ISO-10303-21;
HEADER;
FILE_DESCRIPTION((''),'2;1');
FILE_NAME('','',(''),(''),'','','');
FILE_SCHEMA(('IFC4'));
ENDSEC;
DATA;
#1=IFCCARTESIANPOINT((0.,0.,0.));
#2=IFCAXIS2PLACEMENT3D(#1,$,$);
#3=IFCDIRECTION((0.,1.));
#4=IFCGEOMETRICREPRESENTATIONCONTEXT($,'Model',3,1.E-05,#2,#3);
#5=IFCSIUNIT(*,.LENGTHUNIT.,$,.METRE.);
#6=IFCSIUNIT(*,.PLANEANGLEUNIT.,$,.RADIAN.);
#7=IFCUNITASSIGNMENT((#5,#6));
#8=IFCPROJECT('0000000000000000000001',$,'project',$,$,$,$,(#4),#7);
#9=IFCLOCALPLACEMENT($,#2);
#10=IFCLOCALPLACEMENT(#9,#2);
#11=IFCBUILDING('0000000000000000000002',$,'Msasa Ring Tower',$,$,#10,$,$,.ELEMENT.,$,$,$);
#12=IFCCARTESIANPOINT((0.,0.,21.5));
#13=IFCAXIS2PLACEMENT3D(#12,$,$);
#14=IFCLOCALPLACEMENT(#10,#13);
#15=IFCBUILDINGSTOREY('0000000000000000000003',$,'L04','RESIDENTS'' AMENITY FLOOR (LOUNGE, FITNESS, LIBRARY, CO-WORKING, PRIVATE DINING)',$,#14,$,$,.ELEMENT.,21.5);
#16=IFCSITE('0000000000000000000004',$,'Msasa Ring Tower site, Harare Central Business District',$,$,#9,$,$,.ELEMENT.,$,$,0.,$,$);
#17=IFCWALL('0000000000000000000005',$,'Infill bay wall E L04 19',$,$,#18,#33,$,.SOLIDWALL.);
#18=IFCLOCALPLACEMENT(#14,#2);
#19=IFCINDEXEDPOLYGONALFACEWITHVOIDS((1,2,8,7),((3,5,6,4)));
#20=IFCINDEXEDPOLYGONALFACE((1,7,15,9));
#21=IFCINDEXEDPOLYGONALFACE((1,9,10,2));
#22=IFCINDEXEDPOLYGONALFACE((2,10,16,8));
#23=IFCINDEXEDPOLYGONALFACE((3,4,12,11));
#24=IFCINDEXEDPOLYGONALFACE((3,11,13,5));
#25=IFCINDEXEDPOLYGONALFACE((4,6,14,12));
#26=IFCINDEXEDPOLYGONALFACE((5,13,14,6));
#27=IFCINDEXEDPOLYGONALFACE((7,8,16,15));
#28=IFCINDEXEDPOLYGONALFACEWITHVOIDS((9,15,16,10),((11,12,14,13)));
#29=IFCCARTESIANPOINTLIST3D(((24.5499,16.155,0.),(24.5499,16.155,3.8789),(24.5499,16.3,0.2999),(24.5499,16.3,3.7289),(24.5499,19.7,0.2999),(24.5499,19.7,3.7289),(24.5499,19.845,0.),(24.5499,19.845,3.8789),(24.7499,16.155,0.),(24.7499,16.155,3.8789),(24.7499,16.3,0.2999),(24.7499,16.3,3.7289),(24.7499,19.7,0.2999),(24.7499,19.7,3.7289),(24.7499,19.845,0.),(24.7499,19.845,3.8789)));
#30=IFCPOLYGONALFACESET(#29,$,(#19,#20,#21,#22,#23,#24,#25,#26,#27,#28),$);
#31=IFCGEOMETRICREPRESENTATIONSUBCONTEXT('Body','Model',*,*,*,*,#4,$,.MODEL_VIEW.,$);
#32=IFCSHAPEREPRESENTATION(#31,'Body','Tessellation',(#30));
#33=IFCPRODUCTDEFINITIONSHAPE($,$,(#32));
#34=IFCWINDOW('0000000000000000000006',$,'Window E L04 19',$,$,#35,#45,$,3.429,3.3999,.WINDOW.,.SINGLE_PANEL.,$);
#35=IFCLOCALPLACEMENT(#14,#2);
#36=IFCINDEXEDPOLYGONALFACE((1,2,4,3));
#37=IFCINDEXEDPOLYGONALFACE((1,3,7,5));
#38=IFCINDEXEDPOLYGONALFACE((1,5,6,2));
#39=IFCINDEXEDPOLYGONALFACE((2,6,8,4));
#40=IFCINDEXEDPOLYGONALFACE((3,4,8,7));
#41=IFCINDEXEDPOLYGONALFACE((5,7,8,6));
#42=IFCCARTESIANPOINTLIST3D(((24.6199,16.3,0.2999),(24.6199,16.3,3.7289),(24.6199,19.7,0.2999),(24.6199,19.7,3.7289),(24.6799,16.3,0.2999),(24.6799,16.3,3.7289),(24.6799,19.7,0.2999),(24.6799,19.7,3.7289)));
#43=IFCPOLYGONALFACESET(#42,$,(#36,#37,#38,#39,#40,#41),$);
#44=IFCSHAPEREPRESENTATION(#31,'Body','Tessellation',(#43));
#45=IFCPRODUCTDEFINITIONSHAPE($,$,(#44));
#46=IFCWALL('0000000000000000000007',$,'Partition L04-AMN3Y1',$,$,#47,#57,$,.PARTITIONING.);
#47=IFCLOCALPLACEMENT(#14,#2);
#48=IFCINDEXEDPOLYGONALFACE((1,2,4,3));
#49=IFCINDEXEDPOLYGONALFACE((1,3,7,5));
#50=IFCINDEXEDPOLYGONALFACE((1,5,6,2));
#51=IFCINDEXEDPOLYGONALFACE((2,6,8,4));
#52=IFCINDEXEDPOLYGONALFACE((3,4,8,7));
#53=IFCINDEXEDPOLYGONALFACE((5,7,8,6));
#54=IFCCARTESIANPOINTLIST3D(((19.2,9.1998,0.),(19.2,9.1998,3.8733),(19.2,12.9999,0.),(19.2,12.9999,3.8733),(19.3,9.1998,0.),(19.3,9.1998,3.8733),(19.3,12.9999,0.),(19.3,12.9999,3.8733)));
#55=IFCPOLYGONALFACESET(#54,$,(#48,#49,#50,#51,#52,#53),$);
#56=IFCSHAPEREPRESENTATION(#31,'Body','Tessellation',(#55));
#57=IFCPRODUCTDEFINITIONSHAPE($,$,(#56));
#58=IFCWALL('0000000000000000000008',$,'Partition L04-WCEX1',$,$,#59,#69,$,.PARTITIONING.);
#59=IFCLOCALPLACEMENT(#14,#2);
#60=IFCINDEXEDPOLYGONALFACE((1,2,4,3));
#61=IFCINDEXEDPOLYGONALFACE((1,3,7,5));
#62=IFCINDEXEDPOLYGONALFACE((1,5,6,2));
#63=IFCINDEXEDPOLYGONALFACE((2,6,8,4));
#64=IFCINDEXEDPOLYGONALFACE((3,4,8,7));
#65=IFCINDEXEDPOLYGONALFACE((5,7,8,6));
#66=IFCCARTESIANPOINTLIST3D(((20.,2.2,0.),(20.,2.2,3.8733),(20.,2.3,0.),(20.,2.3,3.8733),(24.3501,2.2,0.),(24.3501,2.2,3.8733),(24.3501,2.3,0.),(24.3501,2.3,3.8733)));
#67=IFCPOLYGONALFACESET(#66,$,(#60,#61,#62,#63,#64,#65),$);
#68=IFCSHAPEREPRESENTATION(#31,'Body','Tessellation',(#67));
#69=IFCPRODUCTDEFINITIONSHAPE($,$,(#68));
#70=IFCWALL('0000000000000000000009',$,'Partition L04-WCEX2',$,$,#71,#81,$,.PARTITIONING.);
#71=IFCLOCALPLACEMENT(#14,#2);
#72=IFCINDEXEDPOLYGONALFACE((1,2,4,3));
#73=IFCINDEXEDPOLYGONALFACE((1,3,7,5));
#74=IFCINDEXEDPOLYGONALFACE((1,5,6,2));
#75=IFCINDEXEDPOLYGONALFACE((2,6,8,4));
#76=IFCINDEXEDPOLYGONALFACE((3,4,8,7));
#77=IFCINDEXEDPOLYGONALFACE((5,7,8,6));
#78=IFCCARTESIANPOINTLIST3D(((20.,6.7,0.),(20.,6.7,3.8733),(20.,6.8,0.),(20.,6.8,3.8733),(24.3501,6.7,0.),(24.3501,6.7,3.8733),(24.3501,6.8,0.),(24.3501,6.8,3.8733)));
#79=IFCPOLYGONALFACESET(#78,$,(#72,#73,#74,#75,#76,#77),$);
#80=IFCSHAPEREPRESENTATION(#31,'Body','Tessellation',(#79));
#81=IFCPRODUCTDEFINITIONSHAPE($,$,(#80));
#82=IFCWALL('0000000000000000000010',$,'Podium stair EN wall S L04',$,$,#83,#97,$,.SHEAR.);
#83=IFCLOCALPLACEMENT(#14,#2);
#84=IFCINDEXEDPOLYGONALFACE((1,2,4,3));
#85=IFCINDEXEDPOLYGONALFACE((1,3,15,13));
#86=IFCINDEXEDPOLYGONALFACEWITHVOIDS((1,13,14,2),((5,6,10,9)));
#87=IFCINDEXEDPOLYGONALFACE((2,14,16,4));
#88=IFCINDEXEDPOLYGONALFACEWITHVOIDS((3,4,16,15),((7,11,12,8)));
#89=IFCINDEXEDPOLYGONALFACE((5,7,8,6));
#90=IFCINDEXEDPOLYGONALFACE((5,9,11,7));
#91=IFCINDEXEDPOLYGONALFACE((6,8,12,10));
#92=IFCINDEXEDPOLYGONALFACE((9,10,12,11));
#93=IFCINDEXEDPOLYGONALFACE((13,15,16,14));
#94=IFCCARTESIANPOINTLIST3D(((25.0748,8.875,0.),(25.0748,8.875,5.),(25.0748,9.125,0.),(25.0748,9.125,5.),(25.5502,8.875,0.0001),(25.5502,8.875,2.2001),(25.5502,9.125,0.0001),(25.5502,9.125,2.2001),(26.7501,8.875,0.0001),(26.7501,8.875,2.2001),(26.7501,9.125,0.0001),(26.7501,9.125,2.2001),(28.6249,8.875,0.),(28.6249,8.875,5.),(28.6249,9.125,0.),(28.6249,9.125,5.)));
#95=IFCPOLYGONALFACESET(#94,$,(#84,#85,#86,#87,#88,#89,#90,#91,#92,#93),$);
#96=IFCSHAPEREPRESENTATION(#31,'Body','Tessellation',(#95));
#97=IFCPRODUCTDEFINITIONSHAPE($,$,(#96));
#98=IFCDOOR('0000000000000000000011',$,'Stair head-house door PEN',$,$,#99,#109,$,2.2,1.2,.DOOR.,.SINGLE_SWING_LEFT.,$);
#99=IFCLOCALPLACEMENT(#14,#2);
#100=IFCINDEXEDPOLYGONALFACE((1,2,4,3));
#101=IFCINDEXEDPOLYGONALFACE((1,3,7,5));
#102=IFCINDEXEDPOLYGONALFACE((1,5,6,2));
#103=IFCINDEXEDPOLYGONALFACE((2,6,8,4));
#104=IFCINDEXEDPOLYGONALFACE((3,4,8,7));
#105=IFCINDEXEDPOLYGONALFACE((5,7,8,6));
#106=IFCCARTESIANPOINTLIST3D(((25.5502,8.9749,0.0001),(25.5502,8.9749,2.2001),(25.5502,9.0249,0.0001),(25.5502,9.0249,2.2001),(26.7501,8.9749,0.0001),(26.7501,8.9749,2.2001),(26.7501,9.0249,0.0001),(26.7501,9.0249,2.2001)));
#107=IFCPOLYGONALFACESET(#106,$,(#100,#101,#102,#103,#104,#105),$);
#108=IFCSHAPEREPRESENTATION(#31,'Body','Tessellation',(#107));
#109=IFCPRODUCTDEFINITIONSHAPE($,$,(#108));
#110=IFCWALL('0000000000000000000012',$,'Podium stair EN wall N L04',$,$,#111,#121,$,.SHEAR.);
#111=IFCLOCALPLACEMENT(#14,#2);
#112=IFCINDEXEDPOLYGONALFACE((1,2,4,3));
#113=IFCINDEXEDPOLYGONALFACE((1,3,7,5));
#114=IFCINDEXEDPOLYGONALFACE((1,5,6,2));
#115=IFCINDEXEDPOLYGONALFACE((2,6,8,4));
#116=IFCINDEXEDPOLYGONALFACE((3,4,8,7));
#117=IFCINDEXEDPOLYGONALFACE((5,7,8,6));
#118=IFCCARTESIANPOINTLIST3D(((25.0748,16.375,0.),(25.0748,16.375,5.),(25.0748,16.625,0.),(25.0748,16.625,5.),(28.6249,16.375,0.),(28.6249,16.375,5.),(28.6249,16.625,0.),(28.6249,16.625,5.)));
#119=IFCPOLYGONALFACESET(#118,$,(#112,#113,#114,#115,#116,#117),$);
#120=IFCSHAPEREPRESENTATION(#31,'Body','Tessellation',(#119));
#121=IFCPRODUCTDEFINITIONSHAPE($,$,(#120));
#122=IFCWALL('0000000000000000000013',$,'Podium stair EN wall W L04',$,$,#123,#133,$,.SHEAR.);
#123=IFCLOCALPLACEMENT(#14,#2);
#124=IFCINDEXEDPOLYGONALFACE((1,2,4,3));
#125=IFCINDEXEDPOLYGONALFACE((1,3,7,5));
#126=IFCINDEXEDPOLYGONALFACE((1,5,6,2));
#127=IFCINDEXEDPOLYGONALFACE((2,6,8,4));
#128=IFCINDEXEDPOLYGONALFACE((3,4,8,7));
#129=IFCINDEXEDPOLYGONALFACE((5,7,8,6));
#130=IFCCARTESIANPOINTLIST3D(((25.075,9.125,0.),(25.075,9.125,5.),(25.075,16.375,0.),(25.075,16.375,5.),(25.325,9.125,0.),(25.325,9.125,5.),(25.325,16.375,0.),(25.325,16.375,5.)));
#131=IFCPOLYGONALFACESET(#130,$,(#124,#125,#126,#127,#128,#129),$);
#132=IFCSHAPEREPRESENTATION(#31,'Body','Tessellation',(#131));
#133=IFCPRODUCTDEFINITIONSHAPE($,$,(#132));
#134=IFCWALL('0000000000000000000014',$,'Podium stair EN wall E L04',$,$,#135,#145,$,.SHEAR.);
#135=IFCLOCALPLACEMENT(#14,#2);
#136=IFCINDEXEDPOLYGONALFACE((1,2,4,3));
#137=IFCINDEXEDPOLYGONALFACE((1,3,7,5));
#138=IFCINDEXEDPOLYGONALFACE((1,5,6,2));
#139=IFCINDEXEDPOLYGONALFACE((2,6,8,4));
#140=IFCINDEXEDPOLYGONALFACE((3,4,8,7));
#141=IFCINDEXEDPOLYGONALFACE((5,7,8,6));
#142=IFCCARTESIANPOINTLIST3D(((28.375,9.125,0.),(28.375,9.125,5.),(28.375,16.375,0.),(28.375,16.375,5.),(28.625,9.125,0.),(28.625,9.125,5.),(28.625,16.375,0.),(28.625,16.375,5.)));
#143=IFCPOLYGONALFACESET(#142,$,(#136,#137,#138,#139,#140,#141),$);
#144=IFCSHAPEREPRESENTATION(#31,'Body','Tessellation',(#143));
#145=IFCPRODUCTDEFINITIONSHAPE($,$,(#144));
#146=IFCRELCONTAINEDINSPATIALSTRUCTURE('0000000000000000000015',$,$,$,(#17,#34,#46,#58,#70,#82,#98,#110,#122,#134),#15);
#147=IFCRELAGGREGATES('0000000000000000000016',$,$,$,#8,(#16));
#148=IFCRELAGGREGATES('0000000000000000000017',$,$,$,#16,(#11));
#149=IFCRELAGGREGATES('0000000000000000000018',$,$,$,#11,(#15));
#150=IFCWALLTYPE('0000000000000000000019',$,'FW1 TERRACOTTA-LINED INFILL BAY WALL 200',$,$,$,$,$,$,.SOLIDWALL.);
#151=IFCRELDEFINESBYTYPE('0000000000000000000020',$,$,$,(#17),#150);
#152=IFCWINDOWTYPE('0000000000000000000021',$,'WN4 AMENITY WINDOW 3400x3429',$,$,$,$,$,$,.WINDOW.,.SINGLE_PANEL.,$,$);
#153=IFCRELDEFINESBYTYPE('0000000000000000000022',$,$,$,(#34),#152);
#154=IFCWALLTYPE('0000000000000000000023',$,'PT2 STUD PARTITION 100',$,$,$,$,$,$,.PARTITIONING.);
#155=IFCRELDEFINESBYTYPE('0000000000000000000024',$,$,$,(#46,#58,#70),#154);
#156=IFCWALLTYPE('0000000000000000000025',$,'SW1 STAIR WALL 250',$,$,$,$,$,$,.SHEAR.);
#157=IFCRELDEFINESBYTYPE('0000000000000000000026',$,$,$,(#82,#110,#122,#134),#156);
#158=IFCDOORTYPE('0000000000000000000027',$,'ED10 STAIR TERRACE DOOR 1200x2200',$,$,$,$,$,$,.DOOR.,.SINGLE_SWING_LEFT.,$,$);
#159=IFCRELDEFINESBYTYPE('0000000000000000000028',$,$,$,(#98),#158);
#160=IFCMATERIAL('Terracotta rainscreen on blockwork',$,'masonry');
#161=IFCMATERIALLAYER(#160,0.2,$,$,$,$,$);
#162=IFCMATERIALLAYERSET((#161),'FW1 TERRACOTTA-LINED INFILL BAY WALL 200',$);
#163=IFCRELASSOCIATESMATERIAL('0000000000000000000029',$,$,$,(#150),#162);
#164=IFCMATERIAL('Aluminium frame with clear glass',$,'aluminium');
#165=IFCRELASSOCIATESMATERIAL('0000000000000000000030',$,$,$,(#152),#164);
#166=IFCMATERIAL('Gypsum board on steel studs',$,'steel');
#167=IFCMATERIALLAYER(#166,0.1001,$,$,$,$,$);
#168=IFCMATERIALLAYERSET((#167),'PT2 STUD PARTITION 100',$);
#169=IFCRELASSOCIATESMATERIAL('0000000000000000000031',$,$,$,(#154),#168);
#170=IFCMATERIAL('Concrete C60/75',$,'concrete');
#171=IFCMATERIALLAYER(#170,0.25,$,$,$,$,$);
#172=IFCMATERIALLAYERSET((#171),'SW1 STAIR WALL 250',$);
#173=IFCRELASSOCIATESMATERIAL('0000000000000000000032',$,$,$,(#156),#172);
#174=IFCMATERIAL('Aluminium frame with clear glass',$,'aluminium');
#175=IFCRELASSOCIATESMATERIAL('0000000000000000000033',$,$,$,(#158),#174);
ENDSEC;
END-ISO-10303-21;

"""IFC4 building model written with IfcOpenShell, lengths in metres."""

from ifc_helpers import new_model, si_unit, direction, frame, frame_2d, origin, place, context, subcontext, project, spatial, rectangle, extrude, material, layer, layer_set, type_object, element, fill, save


model = new_model("IFC4")

# Units and contexts
model_context = context("Model", 3, precision=1e-05, world=origin(), true_north=direction((0.0, 1.0)))
body_context = subcontext(model_context, "Body", "Model", "MODEL_VIEW")
ifc_project = project(units=[si_unit("LENGTHUNIT", "METRE"), si_unit("PLANEANGLEUNIT", "RADIAN")], contexts=[model_context])

# Site, building, storey
site_placement = place(None, origin())
site = spatial("IfcSite", under=ifc_project, at=site_placement, Name="Msasa Ring Tower site, Harare Central Business District", CompositionType="ELEMENT", RefElevation=0.0)
building_placement = place(site_placement, origin())
building = spatial("IfcBuilding", under=site, at=building_placement, Name="Msasa Ring Tower", CompositionType="ELEMENT")
storey_placement = place(building_placement, frame((0.0, 0.0, 21.5)))
storey = spatial("IfcBuildingStorey", under=building, at=storey_placement, Name="L04", Description="RESIDENTS' AMENITY FLOOR (LOUNGE, FITNESS, LIBRARY, CO-WORKING, PRIVATE DINING)", CompositionType="ELEMENT", Elevation=21.5)

# Wall, opening, window
ifc_material_1 = material(Name="Terracotta rainscreen on blockwork", Category="masonry")
ifc_layer_1 = layer(ifc_material_1, 0.2)
ifc_layer_set_1 = layer_set([ifc_layer_1], Name="FW1 TERRACOTTA-LINED INFILL BAY WALL 200")
wall_type_1 = type_object("IfcWallType", Name="FW1 TERRACOTTA-LINED INFILL BAY WALL 200", PredefinedType="SOLIDWALL", material=ifc_layer_set_1)
ifc_material_2 = material(Name="Aluminium frame with clear glass", Category="aluminium")
window_type = type_object("IfcWindowType", Name="WN4 AMENITY WINDOW 3400x3429", PartitioningType="SINGLE_PANEL", PredefinedType="WINDOW", material=ifc_material_2)
wall_1_placement = place(storey_placement, frame((24.6499, 16.155, 0.0), z_axis=(0.0, 0.0, 1.0), x_axis=(0.0, 1.0, 0.0)))
wall_1 = element("IfcWall", 1, at=wall_1_placement, inside=storey, type_object=wall_type_1, Name="Infill bay wall E L04 19", PredefinedType="SOLIDWALL", context=body_context, shape_type="SweptSolid", body=[
    extrude(rectangle(XDim=3.6899, YDim=0.2, at=frame_2d((1.845, 0.0))), origin(), (0.0, 0.0, 1.0), 3.8789),
])
opening_1_placement = place(wall_1_placement, frame((0.145, 0.0, 0.3)))
opening_1 = element("IfcOpeningElement", 2, at=opening_1_placement, cuts=wall_1, PredefinedType="OPENING", context=body_context, shape_type="SweptSolid", body=[
    extrude(rectangle(XDim=3.3999, YDim=3.429, at=frame_2d((1.7, 1.7144))), frame((0.0, 0.1099, 0.0), z_axis=(0.0, -1.0, 0.0), x_axis=(1.0, 0.0, 0.0)), (0.0, 0.0, 1.0), 0.22),
])
window_1_placement = place(opening_1_placement, origin())
window_1 = element("IfcWindow", 3, at=window_1_placement, inside=storey, type_object=window_type, Name="Window E L04 19", OverallHeight=3.429, OverallWidth=3.3999, PartitioningType="SINGLE_PANEL", PredefinedType="WINDOW", context=body_context, shape_type="SweptSolid", body=[
    extrude(rectangle(XDim=3.3999, YDim=3.429, at=frame_2d((1.7, 1.7144))), frame((0.0, 0.03, 0.0), z_axis=(0.0, -1.0, 0.0), x_axis=(1.0, 0.0, 0.0)), (0.0, 0.0, 1.0), 0.0601),
])
fill(opening_1, window_1)

# Walls
ifc_material_3 = material(Name="Gypsum board on steel studs", Category="steel")
ifc_layer_2 = layer(ifc_material_3, 0.1001)
ifc_layer_set_2 = layer_set([ifc_layer_2], Name="PT2 STUD PARTITION 100")
wall_type_2 = type_object("IfcWallType", Name="PT2 STUD PARTITION 100", PredefinedType="PARTITIONING", material=ifc_layer_set_2)
wall_2_placement = place(storey_placement, frame((19.25, 9.2, 0.0), z_axis=(0.0, 0.0, 1.0), x_axis=(0.0, 1.0, 0.0)))
element("IfcWall", 4, at=wall_2_placement, inside=storey, type_object=wall_type_2, Name="Partition L04-AMN3Y1", PredefinedType="PARTITIONING", context=body_context, shape_type="SweptSolid", body=[
    extrude(rectangle(XDim=3.8, YDim=0.1001, at=frame_2d((1.8999, 0.0))), origin(), (0.0, 0.0, 1.0), 3.8733),
])
for number, where, z_axis, x_axis, name in (
    (5, (20.0, 2.25, 0.0), (0.0, 0.0, 1.0), (1.0, 0.0, 0.0), "Partition L04-WCEX1"),
    (6, (20.0, 6.75, 0.0), (0.0, 0.0, 1.0), (1.0, 0.0, 0.0), "Partition L04-WCEX2"),
):
    element("IfcWall", number, at=place(storey_placement, frame(where, z_axis=z_axis, x_axis=x_axis)), inside=storey, type_object=wall_type_2, Name=name, PredefinedType="PARTITIONING", context=body_context, shape_type="SweptSolid", body=[
        extrude(rectangle(XDim=4.3501, YDim=0.1001, at=frame_2d((2.175, 0.0))), origin(), (0.0, 0.0, 1.0), 3.8733),
    ])

# Wall, opening, door
ifc_material_4 = material(Name="Concrete C60/75", Category="concrete")
ifc_layer_3 = layer(ifc_material_4, 0.25)
ifc_layer_set_3 = layer_set([ifc_layer_3], Name="SW1 STAIR WALL 250")
wall_type_3 = type_object("IfcWallType", Name="SW1 STAIR WALL 250", PredefinedType="SHEAR", material=ifc_layer_set_3)
wall_3_placement = place(storey_placement, frame((25.075, 9.0, 0.0), z_axis=(0.0, 0.0, 1.0), x_axis=(1.0, 0.0, 0.0)))
wall_3 = element("IfcWall", 7, at=wall_3_placement, inside=storey, type_object=wall_type_3, Name="Podium stair EN wall S L04", PredefinedType="SHEAR", context=body_context, shape_type="SweptSolid", body=[
    extrude(rectangle(XDim=3.55, YDim=0.25, at=frame_2d((1.7749, 0.0))), origin(), (0.0, 0.0, 1.0), 5.0),
])
opening_2_placement = place(wall_3_placement, frame((0.4751, 0.0, 0.0)))
opening_2 = element("IfcOpeningElement", 8, at=opening_2_placement, cuts=wall_3, PredefinedType="OPENING", context=body_context, shape_type="SweptSolid", body=[
    extrude(rectangle(XDim=1.2, YDim=2.2, at=frame_2d((0.6001, 1.1001))), frame((0.0, 0.135, 0.0), z_axis=(0.0, -1.0, 0.0), x_axis=(1.0, 0.0, 0.0)), (0.0, 0.0, 1.0), 0.27),
])
ifc_material_5 = material(Name="Aluminium frame with clear glass", Category="aluminium")
door_type = type_object("IfcDoorType", Name="ED10 STAIR TERRACE DOOR 1200x2200", OperationType="SINGLE_SWING_LEFT", PredefinedType="DOOR", material=ifc_material_5)
door_placement = place(opening_2_placement, origin())
door = element("IfcDoor", 9, at=door_placement, inside=storey, type_object=door_type, Name="Stair head-house door PEN", OperationType="SINGLE_SWING_LEFT", OverallHeight=2.2, OverallWidth=1.2, PredefinedType="DOOR", context=body_context, shape_type="SweptSolid", body=[
    extrude(rectangle(XDim=1.2, YDim=2.2, at=frame_2d((0.6001, 1.1001))), frame((0.0, 0.0249, 0.0), z_axis=(0.0, -1.0, 0.0), x_axis=(1.0, 0.0, 0.0)), (0.0, 0.0, 1.0), 0.05),
])
fill(opening_2, door)

# Walls
wall_4_placement = place(storey_placement, frame((25.075, 16.5, 0.0), z_axis=(0.0, 0.0, 1.0), x_axis=(1.0, 0.0, 0.0)))
element("IfcWall", 10, at=wall_4_placement, inside=storey, type_object=wall_type_3, Name="Podium stair EN wall N L04", PredefinedType="SHEAR", context=body_context, shape_type="SweptSolid", body=[
    extrude(rectangle(XDim=3.55, YDim=0.25, at=frame_2d((1.7749, 0.0))), origin(), (0.0, 0.0, 1.0), 5.0),
])
for number, where, z_axis, x_axis, name in (
    (11, (25.2, 9.125, 0.0), (0.0, 0.0, 1.0), (0.0, 1.0, 0.0), "Podium stair EN wall W L04"),
    (12, (28.5, 9.125, 0.0), (0.0, 0.0, 1.0), (0.0, 1.0, 0.0), "Podium stair EN wall E L04"),
):
    element("IfcWall", number, at=place(storey_placement, frame(where, z_axis=z_axis, x_axis=x_axis)), inside=storey, type_object=wall_type_3, Name=name, PredefinedType="SHEAR", context=body_context, shape_type="SweptSolid", body=[
        extrude(rectangle(XDim=7.25, YDim=0.25, at=frame_2d((3.625, 0.0))), origin(), (0.0, 0.0, 1.0), 5.0),
    ])

save(model, "model.ifc")
